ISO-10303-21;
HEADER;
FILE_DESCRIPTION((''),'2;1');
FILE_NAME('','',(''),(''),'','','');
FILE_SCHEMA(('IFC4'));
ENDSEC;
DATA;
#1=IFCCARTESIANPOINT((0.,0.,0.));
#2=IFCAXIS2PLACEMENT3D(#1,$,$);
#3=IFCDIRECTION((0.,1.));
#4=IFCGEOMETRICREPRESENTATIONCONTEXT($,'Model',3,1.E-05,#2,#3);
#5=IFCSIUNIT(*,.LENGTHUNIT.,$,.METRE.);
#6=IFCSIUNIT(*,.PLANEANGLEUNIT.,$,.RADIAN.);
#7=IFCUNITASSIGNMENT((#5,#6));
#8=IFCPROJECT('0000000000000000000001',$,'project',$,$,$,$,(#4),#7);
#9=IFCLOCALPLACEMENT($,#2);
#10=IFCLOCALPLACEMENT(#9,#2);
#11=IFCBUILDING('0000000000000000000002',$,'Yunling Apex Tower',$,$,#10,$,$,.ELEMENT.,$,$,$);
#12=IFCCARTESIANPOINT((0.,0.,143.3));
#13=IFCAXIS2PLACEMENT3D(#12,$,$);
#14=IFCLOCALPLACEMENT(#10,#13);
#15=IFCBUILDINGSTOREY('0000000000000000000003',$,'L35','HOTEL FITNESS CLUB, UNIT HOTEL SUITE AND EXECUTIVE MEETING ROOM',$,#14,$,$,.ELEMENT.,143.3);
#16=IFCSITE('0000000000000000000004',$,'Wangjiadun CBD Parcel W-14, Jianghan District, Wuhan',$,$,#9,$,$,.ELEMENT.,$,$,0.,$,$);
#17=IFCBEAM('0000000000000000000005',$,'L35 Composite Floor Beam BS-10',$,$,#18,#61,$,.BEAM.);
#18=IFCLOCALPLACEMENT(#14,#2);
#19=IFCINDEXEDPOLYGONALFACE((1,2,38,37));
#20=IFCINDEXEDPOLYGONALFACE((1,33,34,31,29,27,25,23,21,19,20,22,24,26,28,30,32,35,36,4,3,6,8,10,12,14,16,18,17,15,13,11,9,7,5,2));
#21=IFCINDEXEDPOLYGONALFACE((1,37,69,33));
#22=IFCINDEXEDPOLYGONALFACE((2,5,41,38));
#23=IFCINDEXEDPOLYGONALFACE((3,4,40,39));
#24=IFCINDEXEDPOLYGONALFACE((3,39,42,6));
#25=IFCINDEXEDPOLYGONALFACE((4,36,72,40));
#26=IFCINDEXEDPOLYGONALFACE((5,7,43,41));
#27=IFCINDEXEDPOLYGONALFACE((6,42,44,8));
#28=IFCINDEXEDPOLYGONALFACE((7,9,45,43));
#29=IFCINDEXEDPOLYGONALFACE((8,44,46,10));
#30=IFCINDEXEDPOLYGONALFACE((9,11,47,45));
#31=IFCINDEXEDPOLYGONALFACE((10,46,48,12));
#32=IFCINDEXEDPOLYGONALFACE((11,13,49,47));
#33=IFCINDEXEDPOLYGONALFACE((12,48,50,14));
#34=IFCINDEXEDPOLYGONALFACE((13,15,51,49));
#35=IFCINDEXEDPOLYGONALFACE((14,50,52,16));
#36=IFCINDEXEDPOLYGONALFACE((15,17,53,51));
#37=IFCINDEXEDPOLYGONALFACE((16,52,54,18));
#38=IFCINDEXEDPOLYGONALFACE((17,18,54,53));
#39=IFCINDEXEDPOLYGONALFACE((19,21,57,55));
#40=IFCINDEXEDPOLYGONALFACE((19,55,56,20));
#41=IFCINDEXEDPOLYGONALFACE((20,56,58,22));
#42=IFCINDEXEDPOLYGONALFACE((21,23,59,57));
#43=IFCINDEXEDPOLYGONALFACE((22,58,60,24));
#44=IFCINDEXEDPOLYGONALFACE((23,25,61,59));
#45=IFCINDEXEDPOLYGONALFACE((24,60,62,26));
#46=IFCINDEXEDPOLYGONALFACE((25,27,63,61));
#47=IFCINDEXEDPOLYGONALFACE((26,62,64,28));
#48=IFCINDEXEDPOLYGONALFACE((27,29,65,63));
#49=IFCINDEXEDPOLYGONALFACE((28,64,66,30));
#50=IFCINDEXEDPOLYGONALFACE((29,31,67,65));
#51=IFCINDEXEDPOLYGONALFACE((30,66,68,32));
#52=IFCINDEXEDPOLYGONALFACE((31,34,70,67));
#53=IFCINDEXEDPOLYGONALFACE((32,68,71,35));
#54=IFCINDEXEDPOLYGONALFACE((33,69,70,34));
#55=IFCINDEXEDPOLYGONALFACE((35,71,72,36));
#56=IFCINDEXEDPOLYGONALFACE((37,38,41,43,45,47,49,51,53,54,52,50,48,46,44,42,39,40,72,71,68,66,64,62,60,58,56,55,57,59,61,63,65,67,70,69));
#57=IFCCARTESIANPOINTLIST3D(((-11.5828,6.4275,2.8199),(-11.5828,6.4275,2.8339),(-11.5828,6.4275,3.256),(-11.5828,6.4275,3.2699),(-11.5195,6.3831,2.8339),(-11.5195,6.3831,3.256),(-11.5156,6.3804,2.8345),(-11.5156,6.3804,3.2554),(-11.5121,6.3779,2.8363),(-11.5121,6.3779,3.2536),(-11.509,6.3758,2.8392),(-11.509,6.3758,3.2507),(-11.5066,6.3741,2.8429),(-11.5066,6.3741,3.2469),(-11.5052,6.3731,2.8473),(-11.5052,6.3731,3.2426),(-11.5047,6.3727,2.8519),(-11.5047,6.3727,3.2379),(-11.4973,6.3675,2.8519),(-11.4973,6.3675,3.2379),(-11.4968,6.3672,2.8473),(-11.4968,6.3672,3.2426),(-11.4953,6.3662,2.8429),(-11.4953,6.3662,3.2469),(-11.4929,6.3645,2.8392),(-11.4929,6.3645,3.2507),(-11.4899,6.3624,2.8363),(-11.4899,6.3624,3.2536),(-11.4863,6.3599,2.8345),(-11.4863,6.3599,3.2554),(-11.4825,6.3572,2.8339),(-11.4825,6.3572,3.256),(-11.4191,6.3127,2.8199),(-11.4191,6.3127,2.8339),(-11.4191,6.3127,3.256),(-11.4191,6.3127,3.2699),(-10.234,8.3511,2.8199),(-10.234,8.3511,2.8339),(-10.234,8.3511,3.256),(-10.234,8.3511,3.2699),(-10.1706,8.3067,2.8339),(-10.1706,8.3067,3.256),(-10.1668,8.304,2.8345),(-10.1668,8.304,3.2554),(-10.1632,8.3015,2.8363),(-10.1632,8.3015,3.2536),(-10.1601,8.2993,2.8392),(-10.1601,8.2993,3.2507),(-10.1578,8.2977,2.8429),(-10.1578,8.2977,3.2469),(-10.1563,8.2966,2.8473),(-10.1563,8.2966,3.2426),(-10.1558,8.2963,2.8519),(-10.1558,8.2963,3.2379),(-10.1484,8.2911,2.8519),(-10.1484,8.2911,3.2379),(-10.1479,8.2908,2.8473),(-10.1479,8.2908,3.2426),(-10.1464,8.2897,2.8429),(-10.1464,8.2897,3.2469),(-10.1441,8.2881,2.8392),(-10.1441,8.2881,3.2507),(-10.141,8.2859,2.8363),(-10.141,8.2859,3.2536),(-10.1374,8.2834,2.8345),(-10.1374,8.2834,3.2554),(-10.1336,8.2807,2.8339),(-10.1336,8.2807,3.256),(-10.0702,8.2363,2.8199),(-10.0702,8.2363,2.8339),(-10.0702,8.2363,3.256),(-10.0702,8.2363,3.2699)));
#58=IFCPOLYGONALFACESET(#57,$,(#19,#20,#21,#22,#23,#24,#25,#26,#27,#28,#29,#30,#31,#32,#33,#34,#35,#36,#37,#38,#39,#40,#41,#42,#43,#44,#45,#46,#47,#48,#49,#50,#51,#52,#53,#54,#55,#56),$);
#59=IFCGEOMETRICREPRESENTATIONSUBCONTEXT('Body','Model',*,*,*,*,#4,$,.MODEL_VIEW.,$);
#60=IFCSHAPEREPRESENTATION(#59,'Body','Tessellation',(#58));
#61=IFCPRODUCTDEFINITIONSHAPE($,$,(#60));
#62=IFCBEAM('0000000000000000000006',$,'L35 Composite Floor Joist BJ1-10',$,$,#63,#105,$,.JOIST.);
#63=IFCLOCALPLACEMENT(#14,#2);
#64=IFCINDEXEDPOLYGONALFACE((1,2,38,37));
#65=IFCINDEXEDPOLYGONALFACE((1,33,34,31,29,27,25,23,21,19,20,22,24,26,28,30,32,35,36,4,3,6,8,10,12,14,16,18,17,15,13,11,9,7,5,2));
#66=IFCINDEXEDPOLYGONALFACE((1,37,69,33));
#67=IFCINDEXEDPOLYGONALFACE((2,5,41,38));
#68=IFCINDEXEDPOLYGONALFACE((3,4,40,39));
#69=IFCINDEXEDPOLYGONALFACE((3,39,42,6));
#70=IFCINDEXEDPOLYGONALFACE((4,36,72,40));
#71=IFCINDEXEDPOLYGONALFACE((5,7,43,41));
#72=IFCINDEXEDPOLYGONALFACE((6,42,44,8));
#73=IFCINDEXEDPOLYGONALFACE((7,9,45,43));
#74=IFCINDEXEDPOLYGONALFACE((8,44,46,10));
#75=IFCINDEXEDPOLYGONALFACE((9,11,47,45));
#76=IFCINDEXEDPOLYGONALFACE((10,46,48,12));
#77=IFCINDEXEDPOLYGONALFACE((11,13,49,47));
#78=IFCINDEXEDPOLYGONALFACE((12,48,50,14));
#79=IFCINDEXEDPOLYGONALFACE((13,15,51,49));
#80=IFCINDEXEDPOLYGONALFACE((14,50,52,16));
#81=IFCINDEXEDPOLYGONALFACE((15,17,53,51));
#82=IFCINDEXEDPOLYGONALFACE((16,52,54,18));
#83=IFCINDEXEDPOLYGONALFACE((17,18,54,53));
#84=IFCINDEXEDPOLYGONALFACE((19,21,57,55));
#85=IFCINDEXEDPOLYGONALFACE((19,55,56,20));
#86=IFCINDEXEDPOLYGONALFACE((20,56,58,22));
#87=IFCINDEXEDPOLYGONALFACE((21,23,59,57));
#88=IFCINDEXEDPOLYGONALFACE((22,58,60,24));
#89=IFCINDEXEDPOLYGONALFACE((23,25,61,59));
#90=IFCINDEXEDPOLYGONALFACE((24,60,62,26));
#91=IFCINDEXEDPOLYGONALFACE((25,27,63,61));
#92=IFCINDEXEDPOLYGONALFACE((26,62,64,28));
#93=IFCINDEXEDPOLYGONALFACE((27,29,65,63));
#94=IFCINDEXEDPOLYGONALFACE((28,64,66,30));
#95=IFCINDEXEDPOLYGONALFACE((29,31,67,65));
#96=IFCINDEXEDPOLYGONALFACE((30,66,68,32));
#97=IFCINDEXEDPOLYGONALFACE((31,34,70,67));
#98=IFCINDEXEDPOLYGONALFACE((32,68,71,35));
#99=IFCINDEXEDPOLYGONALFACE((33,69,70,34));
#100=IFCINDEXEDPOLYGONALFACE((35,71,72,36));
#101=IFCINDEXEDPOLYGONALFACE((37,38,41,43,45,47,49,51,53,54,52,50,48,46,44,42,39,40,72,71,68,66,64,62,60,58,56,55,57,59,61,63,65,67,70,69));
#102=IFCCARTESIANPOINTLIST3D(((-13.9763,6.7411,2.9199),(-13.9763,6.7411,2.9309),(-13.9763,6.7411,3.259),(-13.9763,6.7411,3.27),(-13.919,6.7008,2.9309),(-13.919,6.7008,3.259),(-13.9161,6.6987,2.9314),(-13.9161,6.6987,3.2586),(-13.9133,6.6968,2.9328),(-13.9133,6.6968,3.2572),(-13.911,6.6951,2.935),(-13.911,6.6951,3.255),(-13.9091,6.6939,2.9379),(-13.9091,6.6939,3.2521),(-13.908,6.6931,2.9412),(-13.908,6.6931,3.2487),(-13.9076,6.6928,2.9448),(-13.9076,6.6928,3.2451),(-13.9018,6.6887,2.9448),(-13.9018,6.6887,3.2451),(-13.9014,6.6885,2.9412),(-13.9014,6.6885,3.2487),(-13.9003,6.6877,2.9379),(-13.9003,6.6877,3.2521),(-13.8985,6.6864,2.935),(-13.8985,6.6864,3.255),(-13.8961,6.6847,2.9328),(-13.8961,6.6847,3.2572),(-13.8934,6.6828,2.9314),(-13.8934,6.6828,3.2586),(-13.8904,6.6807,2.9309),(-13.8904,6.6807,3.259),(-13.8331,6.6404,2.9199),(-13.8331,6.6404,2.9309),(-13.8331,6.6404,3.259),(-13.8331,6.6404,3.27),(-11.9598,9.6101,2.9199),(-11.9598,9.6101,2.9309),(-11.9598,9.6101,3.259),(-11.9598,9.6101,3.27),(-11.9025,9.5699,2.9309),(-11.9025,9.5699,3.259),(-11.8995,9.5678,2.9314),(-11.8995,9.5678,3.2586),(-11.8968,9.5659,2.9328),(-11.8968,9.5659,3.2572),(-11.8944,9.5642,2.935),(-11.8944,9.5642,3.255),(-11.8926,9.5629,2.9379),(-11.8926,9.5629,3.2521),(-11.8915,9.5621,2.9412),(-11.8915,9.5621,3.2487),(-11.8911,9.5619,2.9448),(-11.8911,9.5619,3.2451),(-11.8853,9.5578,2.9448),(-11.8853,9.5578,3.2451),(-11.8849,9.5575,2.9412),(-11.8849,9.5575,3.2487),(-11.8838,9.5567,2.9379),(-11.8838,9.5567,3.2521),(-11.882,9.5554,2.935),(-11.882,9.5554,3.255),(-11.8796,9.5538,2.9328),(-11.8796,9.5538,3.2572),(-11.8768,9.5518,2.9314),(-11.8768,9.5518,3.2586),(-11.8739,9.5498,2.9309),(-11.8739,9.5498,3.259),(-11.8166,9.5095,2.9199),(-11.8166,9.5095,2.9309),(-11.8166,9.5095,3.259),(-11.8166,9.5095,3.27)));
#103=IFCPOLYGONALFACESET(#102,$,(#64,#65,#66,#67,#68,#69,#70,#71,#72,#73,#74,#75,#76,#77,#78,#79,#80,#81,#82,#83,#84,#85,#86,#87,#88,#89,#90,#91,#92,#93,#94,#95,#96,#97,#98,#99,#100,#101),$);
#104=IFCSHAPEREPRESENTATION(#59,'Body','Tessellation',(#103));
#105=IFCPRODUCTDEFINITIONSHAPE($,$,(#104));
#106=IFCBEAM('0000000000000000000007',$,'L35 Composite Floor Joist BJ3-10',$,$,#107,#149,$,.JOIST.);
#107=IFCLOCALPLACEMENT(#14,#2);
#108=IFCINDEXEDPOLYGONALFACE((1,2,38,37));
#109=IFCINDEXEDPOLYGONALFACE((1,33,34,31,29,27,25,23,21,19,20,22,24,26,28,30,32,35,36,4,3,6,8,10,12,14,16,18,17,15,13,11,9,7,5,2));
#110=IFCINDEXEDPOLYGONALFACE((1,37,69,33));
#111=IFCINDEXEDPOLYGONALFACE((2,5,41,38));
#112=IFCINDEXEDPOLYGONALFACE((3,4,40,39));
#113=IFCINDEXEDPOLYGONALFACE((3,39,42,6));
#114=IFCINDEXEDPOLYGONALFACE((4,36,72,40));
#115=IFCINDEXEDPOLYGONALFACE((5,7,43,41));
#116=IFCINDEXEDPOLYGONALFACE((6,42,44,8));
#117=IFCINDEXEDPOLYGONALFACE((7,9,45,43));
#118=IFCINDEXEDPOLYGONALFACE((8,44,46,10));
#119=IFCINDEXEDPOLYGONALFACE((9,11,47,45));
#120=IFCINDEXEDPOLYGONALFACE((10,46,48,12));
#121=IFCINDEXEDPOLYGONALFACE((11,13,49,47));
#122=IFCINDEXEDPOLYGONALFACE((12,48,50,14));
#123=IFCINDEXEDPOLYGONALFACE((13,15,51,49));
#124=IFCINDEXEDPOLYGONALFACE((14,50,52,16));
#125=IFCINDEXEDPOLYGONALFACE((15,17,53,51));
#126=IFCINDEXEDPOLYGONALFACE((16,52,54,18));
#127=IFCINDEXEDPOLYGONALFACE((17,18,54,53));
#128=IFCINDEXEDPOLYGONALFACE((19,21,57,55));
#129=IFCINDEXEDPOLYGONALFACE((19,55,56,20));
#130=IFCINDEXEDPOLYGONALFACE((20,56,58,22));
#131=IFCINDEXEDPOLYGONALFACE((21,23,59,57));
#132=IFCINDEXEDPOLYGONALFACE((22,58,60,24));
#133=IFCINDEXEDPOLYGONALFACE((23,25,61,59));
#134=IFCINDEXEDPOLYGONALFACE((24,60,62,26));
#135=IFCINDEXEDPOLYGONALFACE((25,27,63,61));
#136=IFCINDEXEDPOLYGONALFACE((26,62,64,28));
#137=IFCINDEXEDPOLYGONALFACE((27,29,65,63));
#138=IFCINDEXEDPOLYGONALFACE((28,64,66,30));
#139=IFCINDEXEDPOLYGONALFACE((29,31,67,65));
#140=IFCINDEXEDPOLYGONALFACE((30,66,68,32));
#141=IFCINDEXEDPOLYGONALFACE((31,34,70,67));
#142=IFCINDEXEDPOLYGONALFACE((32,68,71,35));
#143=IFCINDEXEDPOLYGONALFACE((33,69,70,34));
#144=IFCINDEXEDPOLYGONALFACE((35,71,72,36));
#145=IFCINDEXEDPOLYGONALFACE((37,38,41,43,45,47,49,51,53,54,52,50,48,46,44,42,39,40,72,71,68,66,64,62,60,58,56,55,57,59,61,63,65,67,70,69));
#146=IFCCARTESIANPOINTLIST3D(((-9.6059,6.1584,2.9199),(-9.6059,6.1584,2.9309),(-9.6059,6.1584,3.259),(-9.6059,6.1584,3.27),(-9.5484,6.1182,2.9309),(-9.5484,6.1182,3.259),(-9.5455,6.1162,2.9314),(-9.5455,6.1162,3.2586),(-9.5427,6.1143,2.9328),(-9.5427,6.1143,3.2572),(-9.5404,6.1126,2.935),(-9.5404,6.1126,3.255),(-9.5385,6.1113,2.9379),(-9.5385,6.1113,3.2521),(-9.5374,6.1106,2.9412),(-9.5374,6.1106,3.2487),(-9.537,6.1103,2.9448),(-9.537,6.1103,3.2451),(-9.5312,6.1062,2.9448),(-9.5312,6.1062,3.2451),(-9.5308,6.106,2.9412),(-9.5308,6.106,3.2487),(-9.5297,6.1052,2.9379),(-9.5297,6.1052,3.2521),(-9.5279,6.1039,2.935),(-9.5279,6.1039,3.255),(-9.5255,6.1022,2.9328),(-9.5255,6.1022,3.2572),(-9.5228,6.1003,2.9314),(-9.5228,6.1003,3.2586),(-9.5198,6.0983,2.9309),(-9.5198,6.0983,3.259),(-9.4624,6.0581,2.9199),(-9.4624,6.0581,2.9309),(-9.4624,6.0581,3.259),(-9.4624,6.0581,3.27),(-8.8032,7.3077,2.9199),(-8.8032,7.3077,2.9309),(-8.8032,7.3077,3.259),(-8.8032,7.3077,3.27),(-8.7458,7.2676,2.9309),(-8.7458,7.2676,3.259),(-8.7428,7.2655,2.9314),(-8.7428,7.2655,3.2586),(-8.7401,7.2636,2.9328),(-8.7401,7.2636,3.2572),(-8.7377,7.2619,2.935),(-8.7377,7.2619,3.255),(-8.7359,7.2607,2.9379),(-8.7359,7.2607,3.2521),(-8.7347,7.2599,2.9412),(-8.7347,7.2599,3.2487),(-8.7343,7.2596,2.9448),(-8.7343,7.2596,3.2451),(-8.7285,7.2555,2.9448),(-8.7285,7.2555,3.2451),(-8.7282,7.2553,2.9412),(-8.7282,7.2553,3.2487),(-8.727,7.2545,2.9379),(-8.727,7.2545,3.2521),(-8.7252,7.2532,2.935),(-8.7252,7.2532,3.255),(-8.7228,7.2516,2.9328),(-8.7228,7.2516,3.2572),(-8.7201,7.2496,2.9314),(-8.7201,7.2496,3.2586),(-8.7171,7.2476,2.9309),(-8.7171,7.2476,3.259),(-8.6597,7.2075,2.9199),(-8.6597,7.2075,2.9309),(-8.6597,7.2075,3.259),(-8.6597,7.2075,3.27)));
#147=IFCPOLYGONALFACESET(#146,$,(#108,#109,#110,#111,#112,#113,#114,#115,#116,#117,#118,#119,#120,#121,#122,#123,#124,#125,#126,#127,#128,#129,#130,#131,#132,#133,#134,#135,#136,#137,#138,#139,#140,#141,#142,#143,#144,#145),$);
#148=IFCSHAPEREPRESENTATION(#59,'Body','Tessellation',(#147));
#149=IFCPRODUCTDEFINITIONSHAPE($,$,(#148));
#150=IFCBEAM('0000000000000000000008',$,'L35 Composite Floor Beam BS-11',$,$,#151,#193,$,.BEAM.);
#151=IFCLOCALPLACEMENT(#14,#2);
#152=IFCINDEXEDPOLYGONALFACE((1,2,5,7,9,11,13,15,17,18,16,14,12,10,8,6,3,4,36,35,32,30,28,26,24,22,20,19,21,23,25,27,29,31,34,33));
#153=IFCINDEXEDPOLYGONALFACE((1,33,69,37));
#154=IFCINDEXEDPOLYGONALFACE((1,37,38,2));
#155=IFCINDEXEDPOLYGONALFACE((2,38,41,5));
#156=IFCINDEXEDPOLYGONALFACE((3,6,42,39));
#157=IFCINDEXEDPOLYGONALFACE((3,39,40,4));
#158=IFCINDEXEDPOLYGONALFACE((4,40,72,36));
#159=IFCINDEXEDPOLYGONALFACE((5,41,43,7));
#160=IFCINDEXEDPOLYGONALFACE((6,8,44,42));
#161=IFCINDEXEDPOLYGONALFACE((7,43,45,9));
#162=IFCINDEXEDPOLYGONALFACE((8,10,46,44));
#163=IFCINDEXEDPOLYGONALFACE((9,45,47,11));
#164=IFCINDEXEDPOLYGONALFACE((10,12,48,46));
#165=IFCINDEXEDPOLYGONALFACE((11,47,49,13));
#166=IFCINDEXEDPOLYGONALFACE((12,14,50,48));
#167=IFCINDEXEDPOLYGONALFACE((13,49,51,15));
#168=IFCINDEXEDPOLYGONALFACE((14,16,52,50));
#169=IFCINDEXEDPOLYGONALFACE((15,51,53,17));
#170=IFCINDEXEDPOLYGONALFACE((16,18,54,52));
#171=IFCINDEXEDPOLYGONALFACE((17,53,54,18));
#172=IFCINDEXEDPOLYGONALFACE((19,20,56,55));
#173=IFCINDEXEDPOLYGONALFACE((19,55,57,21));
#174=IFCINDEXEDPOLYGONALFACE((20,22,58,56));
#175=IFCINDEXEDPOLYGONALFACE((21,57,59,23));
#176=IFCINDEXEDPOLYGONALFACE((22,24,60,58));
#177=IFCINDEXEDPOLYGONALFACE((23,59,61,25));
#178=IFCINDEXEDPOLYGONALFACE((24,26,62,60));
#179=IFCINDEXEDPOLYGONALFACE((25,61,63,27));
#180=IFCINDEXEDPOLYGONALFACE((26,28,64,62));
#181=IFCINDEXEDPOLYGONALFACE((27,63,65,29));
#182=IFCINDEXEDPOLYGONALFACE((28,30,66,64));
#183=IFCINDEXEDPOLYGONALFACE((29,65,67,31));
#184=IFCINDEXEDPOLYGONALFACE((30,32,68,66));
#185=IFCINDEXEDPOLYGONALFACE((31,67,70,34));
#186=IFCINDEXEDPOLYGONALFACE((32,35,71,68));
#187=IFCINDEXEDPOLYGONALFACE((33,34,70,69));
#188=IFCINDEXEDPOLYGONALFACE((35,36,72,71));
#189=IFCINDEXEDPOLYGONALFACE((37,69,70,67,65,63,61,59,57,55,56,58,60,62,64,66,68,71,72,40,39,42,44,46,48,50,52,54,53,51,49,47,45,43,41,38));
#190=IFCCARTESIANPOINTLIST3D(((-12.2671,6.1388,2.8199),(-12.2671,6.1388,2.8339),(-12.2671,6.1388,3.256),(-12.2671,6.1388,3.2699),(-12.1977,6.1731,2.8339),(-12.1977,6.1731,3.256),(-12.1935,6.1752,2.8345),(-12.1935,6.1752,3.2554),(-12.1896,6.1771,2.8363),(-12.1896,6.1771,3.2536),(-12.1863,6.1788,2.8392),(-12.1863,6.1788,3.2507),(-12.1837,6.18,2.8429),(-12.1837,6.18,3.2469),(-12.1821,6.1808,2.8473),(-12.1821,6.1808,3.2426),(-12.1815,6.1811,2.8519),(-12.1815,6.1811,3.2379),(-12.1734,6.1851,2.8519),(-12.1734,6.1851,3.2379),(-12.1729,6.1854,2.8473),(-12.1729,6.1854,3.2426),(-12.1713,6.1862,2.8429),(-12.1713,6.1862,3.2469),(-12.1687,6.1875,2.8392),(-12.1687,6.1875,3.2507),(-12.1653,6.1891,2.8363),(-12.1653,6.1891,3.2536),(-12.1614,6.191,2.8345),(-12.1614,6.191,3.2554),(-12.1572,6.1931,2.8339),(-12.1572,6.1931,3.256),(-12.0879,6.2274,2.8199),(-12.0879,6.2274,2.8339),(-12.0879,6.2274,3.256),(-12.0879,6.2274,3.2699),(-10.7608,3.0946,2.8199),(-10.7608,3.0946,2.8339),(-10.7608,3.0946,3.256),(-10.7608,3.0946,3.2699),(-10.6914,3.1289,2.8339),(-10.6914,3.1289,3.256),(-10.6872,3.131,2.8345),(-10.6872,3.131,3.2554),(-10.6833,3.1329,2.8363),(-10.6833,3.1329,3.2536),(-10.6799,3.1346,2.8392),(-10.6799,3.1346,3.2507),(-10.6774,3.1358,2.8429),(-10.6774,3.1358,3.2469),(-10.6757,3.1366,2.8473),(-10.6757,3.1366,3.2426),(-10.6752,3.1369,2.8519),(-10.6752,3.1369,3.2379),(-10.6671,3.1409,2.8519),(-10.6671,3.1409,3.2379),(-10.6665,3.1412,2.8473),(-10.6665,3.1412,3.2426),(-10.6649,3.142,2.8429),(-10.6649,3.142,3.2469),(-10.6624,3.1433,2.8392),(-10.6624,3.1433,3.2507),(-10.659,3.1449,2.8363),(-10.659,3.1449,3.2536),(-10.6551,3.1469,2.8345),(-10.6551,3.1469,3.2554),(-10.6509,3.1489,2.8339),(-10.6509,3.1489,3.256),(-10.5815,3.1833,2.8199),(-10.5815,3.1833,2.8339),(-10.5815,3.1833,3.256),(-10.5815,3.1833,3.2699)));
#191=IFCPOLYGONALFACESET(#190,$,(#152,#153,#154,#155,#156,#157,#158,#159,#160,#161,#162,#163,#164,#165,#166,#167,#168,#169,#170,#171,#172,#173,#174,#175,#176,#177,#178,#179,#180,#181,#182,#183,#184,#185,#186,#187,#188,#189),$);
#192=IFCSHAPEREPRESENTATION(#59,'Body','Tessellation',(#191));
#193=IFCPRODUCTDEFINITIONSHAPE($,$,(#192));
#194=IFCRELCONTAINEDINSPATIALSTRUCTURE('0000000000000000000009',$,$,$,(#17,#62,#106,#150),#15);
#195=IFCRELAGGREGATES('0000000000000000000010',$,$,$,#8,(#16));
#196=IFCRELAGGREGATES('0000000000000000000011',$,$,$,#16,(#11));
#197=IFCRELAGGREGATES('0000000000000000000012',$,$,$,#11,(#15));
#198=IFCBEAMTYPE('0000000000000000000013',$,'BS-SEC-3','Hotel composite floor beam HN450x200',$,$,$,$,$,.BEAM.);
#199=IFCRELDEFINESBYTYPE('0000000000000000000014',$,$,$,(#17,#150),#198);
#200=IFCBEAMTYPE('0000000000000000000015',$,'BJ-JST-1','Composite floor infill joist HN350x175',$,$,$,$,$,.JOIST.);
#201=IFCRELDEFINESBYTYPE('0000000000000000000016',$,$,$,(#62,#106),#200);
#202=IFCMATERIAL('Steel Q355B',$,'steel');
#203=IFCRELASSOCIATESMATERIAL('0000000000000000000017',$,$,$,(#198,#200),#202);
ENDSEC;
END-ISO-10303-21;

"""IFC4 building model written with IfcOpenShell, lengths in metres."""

from ifc_helpers import new_model, si_unit, direction, frame, origin, origin_2d, place, context, subcontext, project, spatial, i_section, extrude, source, transform, mapped, material, material_profile, profile_set, type_object, element, save


model = new_model("IFC4")

# Units and contexts
model_context = context("Model", 3, precision=1e-05, world=origin(), true_north=direction((0.0, 1.0)))
body_context = subcontext(model_context, "Body", "Model", "MODEL_VIEW")
ifc_project = project(units=[si_unit("LENGTHUNIT", "METRE"), si_unit("PLANEANGLEUNIT", "RADIAN")], contexts=[model_context])

# Site, building, storey
site_placement = place(None, origin())
site = spatial("IfcSite", under=ifc_project, at=site_placement, Name="Wangjiadun CBD Parcel W-14, Jianghan District, Wuhan", CompositionType="ELEMENT", RefElevation=0.0)
building_placement = place(site_placement, origin())
building = spatial("IfcBuilding", under=site, at=building_placement, Name="Yunling Apex Tower", CompositionType="ELEMENT")
storey_placement = place(building_placement, frame((0.0, 0.0, 143.3)))
storey = spatial("IfcBuildingStorey", under=building, at=storey_placement, Name="L35", Description="HOTEL FITNESS CLUB, UNIT HOTEL SUITE AND EXECUTIVE MEETING ROOM", CompositionType="ELEMENT", Elevation=143.3)

# Beams
ifc_material_1 = material(Name="Steel Q355B", Category="steel")
ifc_material_profile_1 = material_profile(ifc_material_1, i_section(OverallWidth=0.2, OverallDepth=0.45, WebThickness=0.009, FlangeThickness=0.0139, FilletRadius=0.0181, at=origin_2d()))
ifc_profile_set_1 = profile_set([ifc_material_profile_1], Name="Steel Q355B")
beam_type_1 = type_object("IfcBeamType", Name="BS-SEC-3", Description="Hotel composite floor beam HN450x200", PredefinedType="BEAM", material=ifc_profile_set_1)
shared_shape_1 = source(origin(), body_context, "Body", "SweptSolid", [
    extrude(i_section(OverallWidth=0.2, OverallDepth=0.45, WebThickness=0.009, FlangeThickness=0.0139, FilletRadius=0.0181, at=origin_2d()), origin(), (0.0, 0.0, 1.0), 2.3494),
])
beam_1_placement = place(storey_placement, frame((-10.1521, 8.2937, 3.0449), z_axis=(-0.574139, -0.818758, 0.0), x_axis=(0.818758, -0.574139, 0.0)))
element("IfcBeam", 1, at=beam_1_placement, inside=storey, type_object=beam_type_1, Name="L35 Composite Floor Beam BS-10", PredefinedType="BEAM", context=body_context, shape_type="MappedRepresentation", body=[
    mapped(shared_shape_1, transform((0.0, 0.0, 0.0), scale=1.0)),
])
ifc_material_profile_2 = material_profile(ifc_material_1, i_section(OverallWidth=0.175, OverallDepth=0.3501, WebThickness=0.0071, FlangeThickness=0.011, FilletRadius=0.0139, at=origin_2d()))
ifc_profile_set_2 = profile_set([ifc_material_profile_2], Name="Steel Q355B")
beam_type_2 = type_object("IfcBeamType", Name="BJ-JST-1", Description="Composite floor infill joist HN350x175", PredefinedType="JOIST", material=ifc_profile_set_2)
shared_shape_2 = source(origin(), body_context, "Body", "SweptSolid", [
    extrude(i_section(OverallWidth=0.175, OverallDepth=0.3501, WebThickness=0.0071, FlangeThickness=0.011, FilletRadius=0.0139, at=origin_2d()), origin(), (0.0, 0.0, 1.0), 3.5068),
])
beam_2_placement = place(storey_placement, frame((-11.8882, 9.5598, 3.095), z_axis=(-0.575031, -0.818132, 0.0), x_axis=(0.818132, -0.575031, 0.0)))
element("IfcBeam", 2, at=beam_2_placement, inside=storey, type_object=beam_type_2, Name="L35 Composite Floor Joist BJ1-10", PredefinedType="JOIST", context=body_context, shape_type="MappedRepresentation", body=[
    mapped(shared_shape_2, transform((0.0, 0.0, 0.0), scale=1.0)),
])
shared_shape_3 = source(origin(), body_context, "Body", "SweptSolid", [
    extrude(i_section(OverallWidth=0.175, OverallDepth=0.3501, WebThickness=0.0071, FlangeThickness=0.011, FilletRadius=0.0139, at=origin_2d()), origin(), (0.0, 0.0, 1.0), 1.4019),
])
beam_3_placement = place(storey_placement, frame((-8.7314, 7.2576, 3.095), z_axis=(-0.572574, -0.819853, 0.0), x_axis=(0.819853, -0.572574, 0.0)))
element("IfcBeam", 3, at=beam_3_placement, inside=storey, type_object=beam_type_2, Name="L35 Composite Floor Joist BJ3-10", PredefinedType="JOIST", context=body_context, shape_type="MappedRepresentation", body=[
    mapped(shared_shape_3, transform((0.0, 0.0, 0.0), scale=1.0)),
])
shared_shape_4 = source(origin(), body_context, "Body", "SweptSolid", [
    extrude(i_section(OverallWidth=0.2, OverallDepth=0.45, WebThickness=0.009, FlangeThickness=0.0139, FilletRadius=0.0181, at=origin_2d()), origin(), (0.0, 0.0, 1.0), 3.3965),
])
beam_4_placement = place(storey_placement, frame((-12.1775, 6.1831, 3.0449), z_axis=(0.443501, -0.896274, 0.0), x_axis=(0.896274, 0.443501, 0.0)))
element("IfcBeam", 4, at=beam_4_placement, inside=storey, type_object=beam_type_1, Name="L35 Composite Floor Beam BS-11", PredefinedType="BEAM", context=body_context, shape_type="MappedRepresentation", body=[
    mapped(shared_shape_4, transform((0.0, 0.0, 0.0), scale=1.0)),
])

save(model, "model.ifc")
